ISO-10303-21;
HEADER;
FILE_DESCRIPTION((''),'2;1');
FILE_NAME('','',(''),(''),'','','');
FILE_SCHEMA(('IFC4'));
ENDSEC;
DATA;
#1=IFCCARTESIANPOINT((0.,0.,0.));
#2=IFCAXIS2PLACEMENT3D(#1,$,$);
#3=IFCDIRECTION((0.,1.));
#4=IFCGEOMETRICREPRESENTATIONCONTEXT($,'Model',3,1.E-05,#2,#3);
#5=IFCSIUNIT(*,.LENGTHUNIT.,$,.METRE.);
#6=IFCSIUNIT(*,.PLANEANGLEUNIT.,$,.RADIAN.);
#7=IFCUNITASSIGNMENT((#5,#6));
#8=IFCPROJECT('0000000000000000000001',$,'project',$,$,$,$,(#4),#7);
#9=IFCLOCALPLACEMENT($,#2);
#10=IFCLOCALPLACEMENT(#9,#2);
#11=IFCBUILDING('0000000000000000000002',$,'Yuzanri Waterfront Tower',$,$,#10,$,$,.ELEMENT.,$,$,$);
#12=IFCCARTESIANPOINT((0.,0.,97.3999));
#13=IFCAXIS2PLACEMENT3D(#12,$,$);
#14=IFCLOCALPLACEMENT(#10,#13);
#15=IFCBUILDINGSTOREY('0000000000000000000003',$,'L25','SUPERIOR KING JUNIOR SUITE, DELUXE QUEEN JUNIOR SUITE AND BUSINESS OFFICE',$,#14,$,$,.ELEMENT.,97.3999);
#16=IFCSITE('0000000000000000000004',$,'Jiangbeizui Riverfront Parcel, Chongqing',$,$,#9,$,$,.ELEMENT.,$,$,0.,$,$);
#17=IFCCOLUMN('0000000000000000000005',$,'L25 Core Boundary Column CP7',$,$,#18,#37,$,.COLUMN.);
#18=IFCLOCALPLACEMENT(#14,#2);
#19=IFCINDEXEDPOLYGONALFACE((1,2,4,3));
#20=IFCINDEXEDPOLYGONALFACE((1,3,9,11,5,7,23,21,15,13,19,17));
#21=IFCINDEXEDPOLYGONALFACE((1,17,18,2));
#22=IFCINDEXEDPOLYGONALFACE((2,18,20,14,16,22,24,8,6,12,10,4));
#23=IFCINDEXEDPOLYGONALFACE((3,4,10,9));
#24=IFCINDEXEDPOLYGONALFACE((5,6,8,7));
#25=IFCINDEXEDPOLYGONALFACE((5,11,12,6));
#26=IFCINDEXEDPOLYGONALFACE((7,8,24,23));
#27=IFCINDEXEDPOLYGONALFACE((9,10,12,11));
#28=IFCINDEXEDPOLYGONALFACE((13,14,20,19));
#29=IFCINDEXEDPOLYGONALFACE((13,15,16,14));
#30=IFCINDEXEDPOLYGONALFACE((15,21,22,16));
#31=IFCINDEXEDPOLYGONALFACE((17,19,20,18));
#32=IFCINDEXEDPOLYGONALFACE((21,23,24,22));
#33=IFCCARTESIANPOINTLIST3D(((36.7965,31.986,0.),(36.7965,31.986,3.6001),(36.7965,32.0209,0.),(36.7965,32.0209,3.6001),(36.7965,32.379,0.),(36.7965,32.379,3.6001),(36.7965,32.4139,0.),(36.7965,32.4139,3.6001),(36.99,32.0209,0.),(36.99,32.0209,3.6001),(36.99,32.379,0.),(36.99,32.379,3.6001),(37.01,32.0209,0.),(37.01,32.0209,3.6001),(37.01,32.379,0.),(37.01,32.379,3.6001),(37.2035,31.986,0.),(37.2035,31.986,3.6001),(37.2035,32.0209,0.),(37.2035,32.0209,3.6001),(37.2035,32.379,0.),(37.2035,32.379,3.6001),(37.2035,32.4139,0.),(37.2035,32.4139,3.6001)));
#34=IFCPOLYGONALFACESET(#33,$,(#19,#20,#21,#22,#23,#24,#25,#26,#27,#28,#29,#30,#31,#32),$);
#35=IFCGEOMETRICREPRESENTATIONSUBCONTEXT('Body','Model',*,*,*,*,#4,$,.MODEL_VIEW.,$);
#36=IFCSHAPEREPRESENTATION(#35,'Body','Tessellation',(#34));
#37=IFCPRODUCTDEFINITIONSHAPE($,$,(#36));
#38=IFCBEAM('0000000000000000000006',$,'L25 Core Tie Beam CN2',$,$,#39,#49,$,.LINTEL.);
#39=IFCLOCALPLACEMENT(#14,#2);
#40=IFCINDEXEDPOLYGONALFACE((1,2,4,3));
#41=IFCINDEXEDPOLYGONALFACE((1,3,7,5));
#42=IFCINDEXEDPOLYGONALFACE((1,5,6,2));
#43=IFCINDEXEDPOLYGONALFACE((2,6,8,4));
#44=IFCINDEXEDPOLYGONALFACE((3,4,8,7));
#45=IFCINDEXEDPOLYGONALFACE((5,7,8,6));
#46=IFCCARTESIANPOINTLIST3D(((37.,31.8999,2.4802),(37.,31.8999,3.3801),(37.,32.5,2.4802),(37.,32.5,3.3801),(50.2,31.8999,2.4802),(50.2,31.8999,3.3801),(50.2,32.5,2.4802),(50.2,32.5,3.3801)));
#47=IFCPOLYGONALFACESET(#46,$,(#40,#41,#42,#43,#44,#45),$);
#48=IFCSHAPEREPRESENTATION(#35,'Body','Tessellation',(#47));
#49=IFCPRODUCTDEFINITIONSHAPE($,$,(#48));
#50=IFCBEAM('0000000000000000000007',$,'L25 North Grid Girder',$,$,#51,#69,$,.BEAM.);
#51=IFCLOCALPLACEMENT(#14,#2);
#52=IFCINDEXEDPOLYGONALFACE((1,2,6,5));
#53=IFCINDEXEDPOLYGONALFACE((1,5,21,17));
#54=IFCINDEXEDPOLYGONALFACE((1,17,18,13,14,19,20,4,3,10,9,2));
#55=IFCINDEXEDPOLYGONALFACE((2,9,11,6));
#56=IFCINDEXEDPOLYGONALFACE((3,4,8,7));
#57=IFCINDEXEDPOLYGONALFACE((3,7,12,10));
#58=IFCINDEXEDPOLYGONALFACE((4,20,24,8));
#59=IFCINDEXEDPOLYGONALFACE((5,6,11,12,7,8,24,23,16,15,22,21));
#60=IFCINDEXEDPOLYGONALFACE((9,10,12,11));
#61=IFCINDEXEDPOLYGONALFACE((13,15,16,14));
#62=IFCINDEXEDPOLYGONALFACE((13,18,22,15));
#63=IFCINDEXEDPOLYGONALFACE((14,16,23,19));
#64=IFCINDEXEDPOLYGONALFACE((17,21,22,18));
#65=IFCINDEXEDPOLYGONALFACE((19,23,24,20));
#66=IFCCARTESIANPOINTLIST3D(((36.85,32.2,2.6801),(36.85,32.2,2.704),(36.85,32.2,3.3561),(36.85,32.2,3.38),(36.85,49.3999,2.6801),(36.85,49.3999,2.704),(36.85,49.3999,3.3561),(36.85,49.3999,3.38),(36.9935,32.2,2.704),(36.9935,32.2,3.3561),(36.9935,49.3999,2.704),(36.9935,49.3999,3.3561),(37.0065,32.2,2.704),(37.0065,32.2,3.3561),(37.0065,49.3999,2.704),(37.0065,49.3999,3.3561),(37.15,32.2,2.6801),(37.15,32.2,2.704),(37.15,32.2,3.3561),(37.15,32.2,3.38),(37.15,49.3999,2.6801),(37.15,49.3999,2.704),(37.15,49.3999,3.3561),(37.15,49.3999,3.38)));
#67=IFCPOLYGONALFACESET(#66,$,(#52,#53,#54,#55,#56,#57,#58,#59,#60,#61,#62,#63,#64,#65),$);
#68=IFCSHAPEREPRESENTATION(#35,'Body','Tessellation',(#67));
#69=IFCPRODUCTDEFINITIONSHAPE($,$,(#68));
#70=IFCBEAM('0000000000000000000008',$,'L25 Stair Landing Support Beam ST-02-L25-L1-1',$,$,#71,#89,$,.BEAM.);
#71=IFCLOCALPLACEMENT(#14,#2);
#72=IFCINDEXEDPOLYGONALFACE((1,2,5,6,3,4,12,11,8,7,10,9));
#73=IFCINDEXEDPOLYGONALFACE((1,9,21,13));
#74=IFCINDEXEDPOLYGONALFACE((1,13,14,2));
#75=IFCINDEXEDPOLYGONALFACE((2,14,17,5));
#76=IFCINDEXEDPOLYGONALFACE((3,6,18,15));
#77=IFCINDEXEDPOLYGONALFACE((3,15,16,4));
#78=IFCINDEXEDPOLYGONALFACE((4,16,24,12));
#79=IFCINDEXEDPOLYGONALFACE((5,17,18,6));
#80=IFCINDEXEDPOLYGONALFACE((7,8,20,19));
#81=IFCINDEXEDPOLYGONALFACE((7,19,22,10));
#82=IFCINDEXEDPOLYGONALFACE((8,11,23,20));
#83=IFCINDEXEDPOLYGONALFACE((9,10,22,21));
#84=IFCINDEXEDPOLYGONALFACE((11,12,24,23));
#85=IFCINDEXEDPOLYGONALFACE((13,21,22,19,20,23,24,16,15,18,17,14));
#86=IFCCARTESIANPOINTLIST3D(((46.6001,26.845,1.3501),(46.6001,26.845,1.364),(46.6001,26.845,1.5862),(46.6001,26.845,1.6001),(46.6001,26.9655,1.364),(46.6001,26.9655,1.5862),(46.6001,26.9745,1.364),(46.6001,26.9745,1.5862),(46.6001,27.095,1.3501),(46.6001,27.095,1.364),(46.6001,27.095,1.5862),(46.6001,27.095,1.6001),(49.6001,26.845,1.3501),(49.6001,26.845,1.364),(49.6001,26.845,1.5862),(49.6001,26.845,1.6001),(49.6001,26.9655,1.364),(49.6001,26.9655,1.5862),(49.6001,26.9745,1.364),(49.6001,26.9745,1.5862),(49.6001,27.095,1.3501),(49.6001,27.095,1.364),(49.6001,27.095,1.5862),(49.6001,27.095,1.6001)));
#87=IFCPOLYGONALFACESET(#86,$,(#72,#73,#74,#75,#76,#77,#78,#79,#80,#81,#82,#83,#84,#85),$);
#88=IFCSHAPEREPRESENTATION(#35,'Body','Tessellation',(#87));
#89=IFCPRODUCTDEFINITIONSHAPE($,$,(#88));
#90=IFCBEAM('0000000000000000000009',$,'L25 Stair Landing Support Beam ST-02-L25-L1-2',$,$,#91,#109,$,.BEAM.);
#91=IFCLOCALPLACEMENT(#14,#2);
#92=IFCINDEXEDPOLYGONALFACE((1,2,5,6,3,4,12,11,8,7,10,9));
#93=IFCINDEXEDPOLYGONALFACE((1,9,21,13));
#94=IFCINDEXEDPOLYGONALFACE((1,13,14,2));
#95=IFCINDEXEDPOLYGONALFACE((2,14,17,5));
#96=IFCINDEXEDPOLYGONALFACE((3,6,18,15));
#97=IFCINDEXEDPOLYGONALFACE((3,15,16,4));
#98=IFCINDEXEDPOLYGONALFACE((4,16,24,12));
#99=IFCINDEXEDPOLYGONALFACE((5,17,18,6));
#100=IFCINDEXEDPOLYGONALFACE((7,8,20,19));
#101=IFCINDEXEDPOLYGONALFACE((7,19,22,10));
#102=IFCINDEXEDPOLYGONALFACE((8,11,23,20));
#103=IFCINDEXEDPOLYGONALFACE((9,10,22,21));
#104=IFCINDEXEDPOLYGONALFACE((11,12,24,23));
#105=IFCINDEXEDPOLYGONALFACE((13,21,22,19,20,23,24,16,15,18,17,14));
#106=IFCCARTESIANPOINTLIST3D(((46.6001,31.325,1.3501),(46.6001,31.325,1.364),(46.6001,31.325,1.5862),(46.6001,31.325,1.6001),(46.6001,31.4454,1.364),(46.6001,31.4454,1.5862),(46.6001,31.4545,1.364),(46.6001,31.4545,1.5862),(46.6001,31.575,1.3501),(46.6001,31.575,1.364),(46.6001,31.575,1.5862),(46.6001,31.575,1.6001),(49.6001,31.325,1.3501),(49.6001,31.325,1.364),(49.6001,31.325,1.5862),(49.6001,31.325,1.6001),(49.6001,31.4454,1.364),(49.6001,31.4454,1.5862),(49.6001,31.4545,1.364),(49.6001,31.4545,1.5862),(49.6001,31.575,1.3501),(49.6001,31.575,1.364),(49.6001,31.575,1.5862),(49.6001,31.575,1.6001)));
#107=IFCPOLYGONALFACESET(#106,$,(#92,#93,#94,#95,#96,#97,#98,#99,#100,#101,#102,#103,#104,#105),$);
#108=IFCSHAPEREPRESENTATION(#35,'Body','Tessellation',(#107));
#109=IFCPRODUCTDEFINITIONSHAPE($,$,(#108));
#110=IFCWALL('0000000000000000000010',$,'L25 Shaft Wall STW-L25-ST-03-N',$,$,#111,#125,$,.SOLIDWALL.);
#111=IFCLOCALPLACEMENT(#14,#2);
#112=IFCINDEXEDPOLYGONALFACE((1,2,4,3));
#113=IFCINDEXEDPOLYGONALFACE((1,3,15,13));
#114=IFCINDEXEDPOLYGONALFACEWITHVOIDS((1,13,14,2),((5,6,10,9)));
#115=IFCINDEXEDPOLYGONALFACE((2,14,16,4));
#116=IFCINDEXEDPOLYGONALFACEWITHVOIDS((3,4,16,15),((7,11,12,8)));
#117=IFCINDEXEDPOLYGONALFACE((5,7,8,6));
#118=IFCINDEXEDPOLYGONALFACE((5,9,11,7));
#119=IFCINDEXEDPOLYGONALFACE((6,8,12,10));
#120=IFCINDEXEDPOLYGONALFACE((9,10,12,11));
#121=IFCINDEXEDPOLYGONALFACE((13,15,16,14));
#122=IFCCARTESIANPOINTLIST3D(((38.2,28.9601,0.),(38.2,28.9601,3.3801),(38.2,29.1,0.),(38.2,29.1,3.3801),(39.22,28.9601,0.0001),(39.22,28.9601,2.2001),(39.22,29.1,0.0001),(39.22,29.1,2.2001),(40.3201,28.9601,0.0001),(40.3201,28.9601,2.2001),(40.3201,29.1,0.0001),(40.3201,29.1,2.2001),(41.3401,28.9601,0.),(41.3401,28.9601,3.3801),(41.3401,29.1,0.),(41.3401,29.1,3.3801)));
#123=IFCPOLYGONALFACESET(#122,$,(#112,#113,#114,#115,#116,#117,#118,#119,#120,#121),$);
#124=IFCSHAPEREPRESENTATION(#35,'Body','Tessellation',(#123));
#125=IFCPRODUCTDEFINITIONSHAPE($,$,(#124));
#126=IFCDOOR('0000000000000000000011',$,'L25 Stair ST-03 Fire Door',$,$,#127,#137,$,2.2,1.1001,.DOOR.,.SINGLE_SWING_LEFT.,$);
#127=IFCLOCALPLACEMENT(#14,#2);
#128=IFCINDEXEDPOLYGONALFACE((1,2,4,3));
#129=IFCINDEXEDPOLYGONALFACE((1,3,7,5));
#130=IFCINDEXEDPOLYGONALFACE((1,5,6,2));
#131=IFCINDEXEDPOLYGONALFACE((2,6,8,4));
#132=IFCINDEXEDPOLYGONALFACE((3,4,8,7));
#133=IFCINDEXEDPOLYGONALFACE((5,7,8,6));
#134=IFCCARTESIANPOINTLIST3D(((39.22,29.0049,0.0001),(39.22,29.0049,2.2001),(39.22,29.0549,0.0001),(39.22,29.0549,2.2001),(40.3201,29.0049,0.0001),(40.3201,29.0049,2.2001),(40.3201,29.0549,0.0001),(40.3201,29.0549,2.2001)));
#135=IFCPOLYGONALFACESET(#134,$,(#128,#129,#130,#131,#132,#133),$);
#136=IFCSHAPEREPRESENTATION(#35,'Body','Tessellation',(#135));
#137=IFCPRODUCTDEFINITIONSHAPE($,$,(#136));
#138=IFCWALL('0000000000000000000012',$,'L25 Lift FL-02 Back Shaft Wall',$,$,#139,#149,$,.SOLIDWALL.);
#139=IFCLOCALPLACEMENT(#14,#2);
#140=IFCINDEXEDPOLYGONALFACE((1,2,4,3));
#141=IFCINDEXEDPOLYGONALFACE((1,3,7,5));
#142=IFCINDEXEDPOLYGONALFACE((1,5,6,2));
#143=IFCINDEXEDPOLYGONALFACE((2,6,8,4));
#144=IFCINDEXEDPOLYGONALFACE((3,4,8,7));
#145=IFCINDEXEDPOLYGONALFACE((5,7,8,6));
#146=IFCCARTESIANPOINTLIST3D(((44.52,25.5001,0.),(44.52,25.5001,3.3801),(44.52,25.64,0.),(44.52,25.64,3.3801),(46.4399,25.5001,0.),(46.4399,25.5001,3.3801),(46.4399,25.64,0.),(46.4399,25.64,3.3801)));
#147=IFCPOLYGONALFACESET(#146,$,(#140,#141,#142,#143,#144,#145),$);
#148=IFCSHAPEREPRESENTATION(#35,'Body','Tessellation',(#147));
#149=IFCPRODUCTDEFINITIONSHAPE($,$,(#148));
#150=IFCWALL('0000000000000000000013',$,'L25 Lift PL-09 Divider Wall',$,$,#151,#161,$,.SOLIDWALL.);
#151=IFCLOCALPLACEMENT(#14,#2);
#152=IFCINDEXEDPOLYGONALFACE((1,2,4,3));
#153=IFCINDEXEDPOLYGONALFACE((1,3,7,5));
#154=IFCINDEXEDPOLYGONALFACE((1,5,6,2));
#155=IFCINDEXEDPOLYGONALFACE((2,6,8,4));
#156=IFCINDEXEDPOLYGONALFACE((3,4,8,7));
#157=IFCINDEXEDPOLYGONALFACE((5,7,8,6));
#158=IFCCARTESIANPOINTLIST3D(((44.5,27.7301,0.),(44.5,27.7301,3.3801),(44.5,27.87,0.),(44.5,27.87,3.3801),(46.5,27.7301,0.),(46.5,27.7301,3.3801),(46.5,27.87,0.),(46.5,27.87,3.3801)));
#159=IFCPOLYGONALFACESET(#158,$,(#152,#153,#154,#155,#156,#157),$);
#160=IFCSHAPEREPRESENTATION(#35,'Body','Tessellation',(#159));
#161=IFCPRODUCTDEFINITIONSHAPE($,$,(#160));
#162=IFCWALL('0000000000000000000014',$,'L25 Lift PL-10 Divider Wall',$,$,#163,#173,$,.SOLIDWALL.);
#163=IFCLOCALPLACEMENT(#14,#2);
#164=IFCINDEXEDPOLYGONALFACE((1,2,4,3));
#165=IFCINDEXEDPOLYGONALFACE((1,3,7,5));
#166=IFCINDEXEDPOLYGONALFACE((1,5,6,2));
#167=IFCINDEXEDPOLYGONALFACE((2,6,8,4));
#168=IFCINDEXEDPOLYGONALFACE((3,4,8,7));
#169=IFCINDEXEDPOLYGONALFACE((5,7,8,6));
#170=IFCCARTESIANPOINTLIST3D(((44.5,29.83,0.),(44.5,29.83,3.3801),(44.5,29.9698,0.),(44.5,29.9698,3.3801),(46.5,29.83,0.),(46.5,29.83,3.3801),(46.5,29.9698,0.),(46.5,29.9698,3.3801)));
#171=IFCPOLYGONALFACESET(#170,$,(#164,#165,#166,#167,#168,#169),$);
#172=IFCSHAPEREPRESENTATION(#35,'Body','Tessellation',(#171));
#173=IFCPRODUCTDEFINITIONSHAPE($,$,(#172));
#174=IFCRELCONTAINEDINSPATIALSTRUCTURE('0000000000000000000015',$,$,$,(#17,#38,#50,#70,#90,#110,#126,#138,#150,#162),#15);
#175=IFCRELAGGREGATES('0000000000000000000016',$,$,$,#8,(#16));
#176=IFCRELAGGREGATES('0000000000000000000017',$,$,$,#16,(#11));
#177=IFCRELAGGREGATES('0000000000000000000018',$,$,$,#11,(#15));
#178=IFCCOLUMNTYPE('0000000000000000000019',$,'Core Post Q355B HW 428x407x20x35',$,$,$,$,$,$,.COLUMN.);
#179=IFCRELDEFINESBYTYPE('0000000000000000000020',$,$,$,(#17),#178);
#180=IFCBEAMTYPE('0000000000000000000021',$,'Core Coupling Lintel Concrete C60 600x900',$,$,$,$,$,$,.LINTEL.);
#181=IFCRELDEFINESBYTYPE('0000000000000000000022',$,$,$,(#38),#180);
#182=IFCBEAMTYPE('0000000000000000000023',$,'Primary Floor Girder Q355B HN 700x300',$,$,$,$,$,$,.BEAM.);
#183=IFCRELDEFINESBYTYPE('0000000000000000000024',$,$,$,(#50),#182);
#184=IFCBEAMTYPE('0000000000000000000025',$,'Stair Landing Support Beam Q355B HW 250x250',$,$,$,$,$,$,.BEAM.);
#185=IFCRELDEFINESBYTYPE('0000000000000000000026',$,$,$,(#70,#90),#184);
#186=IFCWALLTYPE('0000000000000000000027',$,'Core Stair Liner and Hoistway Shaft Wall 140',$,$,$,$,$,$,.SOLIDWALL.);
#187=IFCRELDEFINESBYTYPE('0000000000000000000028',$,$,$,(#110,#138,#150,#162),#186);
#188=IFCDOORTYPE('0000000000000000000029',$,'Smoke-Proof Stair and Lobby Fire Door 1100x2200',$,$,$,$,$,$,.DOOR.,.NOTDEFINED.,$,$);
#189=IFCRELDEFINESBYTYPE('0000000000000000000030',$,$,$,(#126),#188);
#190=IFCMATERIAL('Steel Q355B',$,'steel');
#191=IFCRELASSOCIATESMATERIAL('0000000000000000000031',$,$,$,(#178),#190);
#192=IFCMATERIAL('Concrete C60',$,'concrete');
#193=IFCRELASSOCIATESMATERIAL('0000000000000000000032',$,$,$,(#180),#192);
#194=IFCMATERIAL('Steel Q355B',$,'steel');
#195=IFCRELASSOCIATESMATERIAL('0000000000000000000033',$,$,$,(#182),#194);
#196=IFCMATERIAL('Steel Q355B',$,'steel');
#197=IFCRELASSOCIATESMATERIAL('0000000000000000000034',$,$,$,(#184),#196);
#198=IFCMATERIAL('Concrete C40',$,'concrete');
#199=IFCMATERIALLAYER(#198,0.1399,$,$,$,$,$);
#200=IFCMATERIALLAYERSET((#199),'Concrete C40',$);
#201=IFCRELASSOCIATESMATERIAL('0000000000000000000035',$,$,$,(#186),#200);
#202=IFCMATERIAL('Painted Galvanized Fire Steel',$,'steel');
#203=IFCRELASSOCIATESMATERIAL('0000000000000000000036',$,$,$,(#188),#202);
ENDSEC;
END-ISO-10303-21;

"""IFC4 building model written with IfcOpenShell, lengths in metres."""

from ifc_helpers import new_model, si_unit, direction, frame, frame_2d, origin, origin_2d, place, context, subcontext, project, spatial, rectangle, i_section, extrude, source, transform, mapped, material, layer, layer_set, material_profile, profile_set, type_object, element, fill, save


model = new_model("IFC4")

# Units and contexts
model_context = context("Model", 3, precision=1e-05, world=origin(), true_north=direction((0.0, 1.0)))
body_context = subcontext(model_context, "Body", "Model", "MODEL_VIEW")
ifc_project = project(units=[si_unit("LENGTHUNIT", "METRE"), si_unit("PLANEANGLEUNIT", "RADIAN")], contexts=[model_context])

# Site, building, storey
site_placement = place(None, origin())
site = spatial("IfcSite", under=ifc_project, at=site_placement, Name="Jiangbeizui Riverfront Parcel, Chongqing", CompositionType="ELEMENT", RefElevation=0.0)
building_placement = place(site_placement, origin())
building = spatial("IfcBuilding", under=site, at=building_placement, Name="Yuzanri Waterfront Tower", CompositionType="ELEMENT")
storey_placement = place(building_placement, frame((0.0, 0.0, 97.3999)))
storey = spatial("IfcBuildingStorey", under=building, at=storey_placement, Name="L25", Description="SUPERIOR KING JUNIOR SUITE, DELUXE QUEEN JUNIOR SUITE AND BUSINESS OFFICE", CompositionType="ELEMENT", Elevation=97.3999)

# Column
ifc_material_1 = material(Name="Steel Q355B", Category="steel")
ifc_material_profile_1 = material_profile(ifc_material_1, i_section(OverallWidth=0.407, OverallDepth=0.428, WebThickness=0.02, FlangeThickness=0.0349, at=origin_2d()), Name="HW 428x407x20x35")
ifc_profile_set_1 = profile_set([ifc_material_profile_1], Name="Steel Q355B")
column_type = type_object("IfcColumnType", Name="Core Post Q355B HW 428x407x20x35", PredefinedType="COLUMN", material=ifc_profile_set_1)
shared_shape_1 = source(origin(), body_context, "Body", "SweptSolid", [
    extrude(i_section(OverallWidth=0.407, OverallDepth=0.428, WebThickness=0.02, FlangeThickness=0.0349, at=origin_2d()), origin(), (0.0, 0.0, 1.0), 3.6001),
])
column_placement = place(storey_placement, frame((37.0, 32.2, 0.0), z_axis=(0.0, 0.0, 1.0), x_axis=(1.0, 0.0, 0.0)))
element("IfcColumn", 1, at=column_placement, inside=storey, type_object=column_type, Name="L25 Core Boundary Column CP7", PredefinedType="COLUMN", context=body_context, shape_type="MappedRepresentation", body=[
    mapped(shared_shape_1, transform((0.0, 0.0, 0.0), scale=1.0)),
])

# Beams
ifc_material_2 = material(Name="Concrete C60", Category="concrete")
ifc_material_profile_2 = material_profile(ifc_material_2, rectangle(XDim=0.6001, YDim=0.8999, at=origin_2d()), Name="RC 600x900")
ifc_profile_set_2 = profile_set([ifc_material_profile_2], Name="Concrete C60")
beam_type_1 = type_object("IfcBeamType", Name="Core Coupling Lintel Concrete C60 600x900", PredefinedType="LINTEL", material=ifc_profile_set_2)
shared_shape_2 = source(origin(), body_context, "Body", "SweptSolid", [
    extrude(rectangle(XDim=0.6001, YDim=0.8999, at=origin_2d()), origin(), (0.0, 0.0, 1.0), 13.2),
])
beam_1_placement = place(storey_placement, frame((37.0, 32.2, 2.9302), z_axis=(1.0, 0.0, 0.0), x_axis=(0.0, 1.0, 0.0)))
element("IfcBeam", 2, at=beam_1_placement, inside=storey, type_object=beam_type_1, Name="L25 Core Tie Beam CN2", PredefinedType="LINTEL", context=body_context, shape_type="MappedRepresentation", body=[
    mapped(shared_shape_2, transform((0.0, 0.0, 0.0), scale=1.0)),
])
ifc_material_3 = material(Name="Steel Q355B", Category="steel")
ifc_material_profile_3 = material_profile(ifc_material_3, i_section(OverallWidth=0.3, OverallDepth=0.7, WebThickness=0.0129, FlangeThickness=0.0239, at=origin_2d()), Name="HN 700x300x13x24")
ifc_profile_set_3 = profile_set([ifc_material_profile_3], Name="Steel Q355B")
beam_type_2 = type_object("IfcBeamType", Name="Primary Floor Girder Q355B HN 700x300", PredefinedType="BEAM", material=ifc_profile_set_3)
shared_shape_3 = source(origin(), body_context, "Body", "SweptSolid", [
    extrude(i_section(OverallWidth=0.3, OverallDepth=0.7, WebThickness=0.0129, FlangeThickness=0.0239, at=origin_2d()), origin(), (0.0, 0.0, 1.0), 17.2),
])
beam_2_placement = place(storey_placement, frame((37.0, 32.2, 3.03), z_axis=(0.0, 1.0, 0.0), x_axis=(-1.0, 0.0, 0.0)))
element("IfcBeam", 3, at=beam_2_placement, inside=storey, type_object=beam_type_2, Name="L25 North Grid Girder", PredefinedType="BEAM", context=body_context, shape_type="MappedRepresentation", body=[
    mapped(shared_shape_3, transform((0.0, 0.0, 0.0), scale=1.0)),
])
ifc_material_4 = material(Name="Steel Q355B", Category="steel")
ifc_material_profile_4 = material_profile(ifc_material_4, i_section(OverallWidth=0.25, OverallDepth=0.25, WebThickness=0.009, FlangeThickness=0.0139, at=origin_2d()), Name="HW 250x250x9x14")
ifc_profile_set_4 = profile_set([ifc_material_profile_4], Name="Steel Q355B")
beam_type_3 = type_object("IfcBeamType", Name="Stair Landing Support Beam Q355B HW 250x250", PredefinedType="BEAM", material=ifc_profile_set_4)
shared_shape_4 = source(origin(), body_context, "Body", "SweptSolid", [
    extrude(i_section(OverallWidth=0.25, OverallDepth=0.25, WebThickness=0.009, FlangeThickness=0.0139, at=origin_2d()), origin(), (0.0, 0.0, 1.0), 3.0),
])
for number, where, z_axis, x_axis, name in (
    (4, (46.6001, 26.97, 1.4751), (1.0, 0.0, 0.0), (0.0, 1.0, 0.0), "L25 Stair Landing Support Beam ST-02-L25-L1-1"),
    (5, (46.6001, 31.45, 1.4751), (1.0, 0.0, 0.0), (0.0, 1.0, 0.0), "L25 Stair Landing Support Beam ST-02-L25-L1-2"),
):
    element("IfcBeam", number, at=place(storey_placement, frame(where, z_axis=z_axis, x_axis=x_axis)), inside=storey, type_object=beam_type_3, Name=name, PredefinedType="BEAM", context=body_context, shape_type="MappedRepresentation", body=[
        mapped(shared_shape_4, transform((0.0, 0.0, 0.0), scale=1.0)),
    ])

# Wall, opening, door
ifc_material_5 = material(Name="Concrete C40", Category="concrete")
ifc_layer_1 = layer(ifc_material_5, 0.1399)
ifc_layer_set_1 = layer_set([ifc_layer_1], Name="Concrete C40")
wall_type_1 = type_object("IfcWallType", Name="Core Stair Liner and Hoistway Shaft Wall 140", PredefinedType="SOLIDWALL", material=ifc_layer_set_1)
wall_1_placement = place(storey_placement, frame((38.2, 29.03, 0.0), z_axis=(0.0, 0.0, 1.0), x_axis=(1.0, 0.0, 0.0)))
wall_1 = element("IfcWall", 6, at=wall_1_placement, inside=storey, type_object=wall_type_1, Name="L25 Shaft Wall STW-L25-ST-03-N", PredefinedType="SOLIDWALL", context=body_context, shape_type="SweptSolid", body=[
    extrude(rectangle(XDim=3.1401, YDim=0.1399, at=frame_2d((1.5701, 0.0))), origin(), (0.0, 0.0, 1.0), 3.3801),
])
opening_placement = place(wall_1_placement, frame((1.02, 0.0, 0.0)))
opening = element("IfcOpeningElement", 7, at=opening_placement, cuts=wall_1, PredefinedType="OPENING", context=body_context, shape_type="SweptSolid", body=[
    extrude(rectangle(XDim=1.1001, YDim=2.2, at=frame_2d((0.55, 1.1001))), frame((0.0, 0.085, 0.0), z_axis=(0.0, -1.0, 0.0), x_axis=(1.0, 0.0, 0.0)), (0.0, 0.0, 1.0), 0.1697),
])
ifc_material_6 = material(Name="Painted Galvanized Fire Steel", Category="steel")
door_type = type_object("IfcDoorType", Name="Smoke-Proof Stair and Lobby Fire Door 1100x2200", OperationType="NOTDEFINED", PredefinedType="DOOR", material=ifc_material_6)
shared_shape_5 = source(origin(), body_context, "Body", "SweptSolid", [
    extrude(rectangle(XDim=1.1001, YDim=2.2, at=frame_2d((0.55, 1.1001))), frame((0.0, 0.0249, 0.0), z_axis=(0.0, -1.0, 0.0), x_axis=(1.0, 0.0, 0.0)), (0.0, 0.0, 1.0), 0.05),
])
door_placement = place(opening_placement, origin())
door = element("IfcDoor", 8, at=door_placement, inside=storey, type_object=door_type, Name="L25 Stair ST-03 Fire Door", OperationType="SINGLE_SWING_LEFT", OverallHeight=2.2, OverallWidth=1.1001, PredefinedType="DOOR", context=body_context, shape_type="MappedRepresentation", body=[
    mapped(shared_shape_5, transform((0.0, 0.0, 0.0), scale=1.0)),
])
fill(opening, door)

# Walls
shared_shape_6 = source(origin(), body_context, "Body", "SweptSolid", [
    extrude(rectangle(XDim=1.9199, YDim=0.1399, at=frame_2d((0.96, 0.0))), origin(), (0.0, 0.0, 1.0), 3.3801),
])
wall_2_placement = place(storey_placement, frame((44.52, 25.5701, 0.0), z_axis=(0.0, 0.0, 1.0), x_axis=(1.0, 0.0, 0.0)))
element("IfcWall", 9, at=wall_2_placement, inside=storey, type_object=wall_type_1, Name="L25 Lift FL-02 Back Shaft Wall", PredefinedType="SOLIDWALL", context=body_context, shape_type="MappedRepresentation", body=[
    mapped(shared_shape_6, transform((0.0, 0.0, 0.0), scale=1.0)),
])
shared_shape_7 = source(origin(), body_context, "Body", "SweptSolid", [
    extrude(rectangle(XDim=2.0, YDim=0.1399, at=frame_2d((1.0, 0.0))), origin(), (0.0, 0.0, 1.0), 3.3801),
])
for number, where, z_axis, x_axis, name in (
    (10, (44.5, 27.8, 0.0), (0.0, 0.0, 1.0), (1.0, 0.0, 0.0), "L25 Lift PL-09 Divider Wall"),
    (11, (44.5, 29.8999, 0.0), (0.0, 0.0, 1.0), (1.0, 0.0, 0.0), "L25 Lift PL-10 Divider Wall"),
):
    element("IfcWall", number, at=place(storey_placement, frame(where, z_axis=z_axis, x_axis=x_axis)), inside=storey, type_object=wall_type_1, Name=name, PredefinedType="SOLIDWALL", context=body_context, shape_type="MappedRepresentation", body=[
        mapped(shared_shape_7, transform((0.0, 0.0, 0.0), scale=1.0)),
    ])

save(model, "model.ifc")
